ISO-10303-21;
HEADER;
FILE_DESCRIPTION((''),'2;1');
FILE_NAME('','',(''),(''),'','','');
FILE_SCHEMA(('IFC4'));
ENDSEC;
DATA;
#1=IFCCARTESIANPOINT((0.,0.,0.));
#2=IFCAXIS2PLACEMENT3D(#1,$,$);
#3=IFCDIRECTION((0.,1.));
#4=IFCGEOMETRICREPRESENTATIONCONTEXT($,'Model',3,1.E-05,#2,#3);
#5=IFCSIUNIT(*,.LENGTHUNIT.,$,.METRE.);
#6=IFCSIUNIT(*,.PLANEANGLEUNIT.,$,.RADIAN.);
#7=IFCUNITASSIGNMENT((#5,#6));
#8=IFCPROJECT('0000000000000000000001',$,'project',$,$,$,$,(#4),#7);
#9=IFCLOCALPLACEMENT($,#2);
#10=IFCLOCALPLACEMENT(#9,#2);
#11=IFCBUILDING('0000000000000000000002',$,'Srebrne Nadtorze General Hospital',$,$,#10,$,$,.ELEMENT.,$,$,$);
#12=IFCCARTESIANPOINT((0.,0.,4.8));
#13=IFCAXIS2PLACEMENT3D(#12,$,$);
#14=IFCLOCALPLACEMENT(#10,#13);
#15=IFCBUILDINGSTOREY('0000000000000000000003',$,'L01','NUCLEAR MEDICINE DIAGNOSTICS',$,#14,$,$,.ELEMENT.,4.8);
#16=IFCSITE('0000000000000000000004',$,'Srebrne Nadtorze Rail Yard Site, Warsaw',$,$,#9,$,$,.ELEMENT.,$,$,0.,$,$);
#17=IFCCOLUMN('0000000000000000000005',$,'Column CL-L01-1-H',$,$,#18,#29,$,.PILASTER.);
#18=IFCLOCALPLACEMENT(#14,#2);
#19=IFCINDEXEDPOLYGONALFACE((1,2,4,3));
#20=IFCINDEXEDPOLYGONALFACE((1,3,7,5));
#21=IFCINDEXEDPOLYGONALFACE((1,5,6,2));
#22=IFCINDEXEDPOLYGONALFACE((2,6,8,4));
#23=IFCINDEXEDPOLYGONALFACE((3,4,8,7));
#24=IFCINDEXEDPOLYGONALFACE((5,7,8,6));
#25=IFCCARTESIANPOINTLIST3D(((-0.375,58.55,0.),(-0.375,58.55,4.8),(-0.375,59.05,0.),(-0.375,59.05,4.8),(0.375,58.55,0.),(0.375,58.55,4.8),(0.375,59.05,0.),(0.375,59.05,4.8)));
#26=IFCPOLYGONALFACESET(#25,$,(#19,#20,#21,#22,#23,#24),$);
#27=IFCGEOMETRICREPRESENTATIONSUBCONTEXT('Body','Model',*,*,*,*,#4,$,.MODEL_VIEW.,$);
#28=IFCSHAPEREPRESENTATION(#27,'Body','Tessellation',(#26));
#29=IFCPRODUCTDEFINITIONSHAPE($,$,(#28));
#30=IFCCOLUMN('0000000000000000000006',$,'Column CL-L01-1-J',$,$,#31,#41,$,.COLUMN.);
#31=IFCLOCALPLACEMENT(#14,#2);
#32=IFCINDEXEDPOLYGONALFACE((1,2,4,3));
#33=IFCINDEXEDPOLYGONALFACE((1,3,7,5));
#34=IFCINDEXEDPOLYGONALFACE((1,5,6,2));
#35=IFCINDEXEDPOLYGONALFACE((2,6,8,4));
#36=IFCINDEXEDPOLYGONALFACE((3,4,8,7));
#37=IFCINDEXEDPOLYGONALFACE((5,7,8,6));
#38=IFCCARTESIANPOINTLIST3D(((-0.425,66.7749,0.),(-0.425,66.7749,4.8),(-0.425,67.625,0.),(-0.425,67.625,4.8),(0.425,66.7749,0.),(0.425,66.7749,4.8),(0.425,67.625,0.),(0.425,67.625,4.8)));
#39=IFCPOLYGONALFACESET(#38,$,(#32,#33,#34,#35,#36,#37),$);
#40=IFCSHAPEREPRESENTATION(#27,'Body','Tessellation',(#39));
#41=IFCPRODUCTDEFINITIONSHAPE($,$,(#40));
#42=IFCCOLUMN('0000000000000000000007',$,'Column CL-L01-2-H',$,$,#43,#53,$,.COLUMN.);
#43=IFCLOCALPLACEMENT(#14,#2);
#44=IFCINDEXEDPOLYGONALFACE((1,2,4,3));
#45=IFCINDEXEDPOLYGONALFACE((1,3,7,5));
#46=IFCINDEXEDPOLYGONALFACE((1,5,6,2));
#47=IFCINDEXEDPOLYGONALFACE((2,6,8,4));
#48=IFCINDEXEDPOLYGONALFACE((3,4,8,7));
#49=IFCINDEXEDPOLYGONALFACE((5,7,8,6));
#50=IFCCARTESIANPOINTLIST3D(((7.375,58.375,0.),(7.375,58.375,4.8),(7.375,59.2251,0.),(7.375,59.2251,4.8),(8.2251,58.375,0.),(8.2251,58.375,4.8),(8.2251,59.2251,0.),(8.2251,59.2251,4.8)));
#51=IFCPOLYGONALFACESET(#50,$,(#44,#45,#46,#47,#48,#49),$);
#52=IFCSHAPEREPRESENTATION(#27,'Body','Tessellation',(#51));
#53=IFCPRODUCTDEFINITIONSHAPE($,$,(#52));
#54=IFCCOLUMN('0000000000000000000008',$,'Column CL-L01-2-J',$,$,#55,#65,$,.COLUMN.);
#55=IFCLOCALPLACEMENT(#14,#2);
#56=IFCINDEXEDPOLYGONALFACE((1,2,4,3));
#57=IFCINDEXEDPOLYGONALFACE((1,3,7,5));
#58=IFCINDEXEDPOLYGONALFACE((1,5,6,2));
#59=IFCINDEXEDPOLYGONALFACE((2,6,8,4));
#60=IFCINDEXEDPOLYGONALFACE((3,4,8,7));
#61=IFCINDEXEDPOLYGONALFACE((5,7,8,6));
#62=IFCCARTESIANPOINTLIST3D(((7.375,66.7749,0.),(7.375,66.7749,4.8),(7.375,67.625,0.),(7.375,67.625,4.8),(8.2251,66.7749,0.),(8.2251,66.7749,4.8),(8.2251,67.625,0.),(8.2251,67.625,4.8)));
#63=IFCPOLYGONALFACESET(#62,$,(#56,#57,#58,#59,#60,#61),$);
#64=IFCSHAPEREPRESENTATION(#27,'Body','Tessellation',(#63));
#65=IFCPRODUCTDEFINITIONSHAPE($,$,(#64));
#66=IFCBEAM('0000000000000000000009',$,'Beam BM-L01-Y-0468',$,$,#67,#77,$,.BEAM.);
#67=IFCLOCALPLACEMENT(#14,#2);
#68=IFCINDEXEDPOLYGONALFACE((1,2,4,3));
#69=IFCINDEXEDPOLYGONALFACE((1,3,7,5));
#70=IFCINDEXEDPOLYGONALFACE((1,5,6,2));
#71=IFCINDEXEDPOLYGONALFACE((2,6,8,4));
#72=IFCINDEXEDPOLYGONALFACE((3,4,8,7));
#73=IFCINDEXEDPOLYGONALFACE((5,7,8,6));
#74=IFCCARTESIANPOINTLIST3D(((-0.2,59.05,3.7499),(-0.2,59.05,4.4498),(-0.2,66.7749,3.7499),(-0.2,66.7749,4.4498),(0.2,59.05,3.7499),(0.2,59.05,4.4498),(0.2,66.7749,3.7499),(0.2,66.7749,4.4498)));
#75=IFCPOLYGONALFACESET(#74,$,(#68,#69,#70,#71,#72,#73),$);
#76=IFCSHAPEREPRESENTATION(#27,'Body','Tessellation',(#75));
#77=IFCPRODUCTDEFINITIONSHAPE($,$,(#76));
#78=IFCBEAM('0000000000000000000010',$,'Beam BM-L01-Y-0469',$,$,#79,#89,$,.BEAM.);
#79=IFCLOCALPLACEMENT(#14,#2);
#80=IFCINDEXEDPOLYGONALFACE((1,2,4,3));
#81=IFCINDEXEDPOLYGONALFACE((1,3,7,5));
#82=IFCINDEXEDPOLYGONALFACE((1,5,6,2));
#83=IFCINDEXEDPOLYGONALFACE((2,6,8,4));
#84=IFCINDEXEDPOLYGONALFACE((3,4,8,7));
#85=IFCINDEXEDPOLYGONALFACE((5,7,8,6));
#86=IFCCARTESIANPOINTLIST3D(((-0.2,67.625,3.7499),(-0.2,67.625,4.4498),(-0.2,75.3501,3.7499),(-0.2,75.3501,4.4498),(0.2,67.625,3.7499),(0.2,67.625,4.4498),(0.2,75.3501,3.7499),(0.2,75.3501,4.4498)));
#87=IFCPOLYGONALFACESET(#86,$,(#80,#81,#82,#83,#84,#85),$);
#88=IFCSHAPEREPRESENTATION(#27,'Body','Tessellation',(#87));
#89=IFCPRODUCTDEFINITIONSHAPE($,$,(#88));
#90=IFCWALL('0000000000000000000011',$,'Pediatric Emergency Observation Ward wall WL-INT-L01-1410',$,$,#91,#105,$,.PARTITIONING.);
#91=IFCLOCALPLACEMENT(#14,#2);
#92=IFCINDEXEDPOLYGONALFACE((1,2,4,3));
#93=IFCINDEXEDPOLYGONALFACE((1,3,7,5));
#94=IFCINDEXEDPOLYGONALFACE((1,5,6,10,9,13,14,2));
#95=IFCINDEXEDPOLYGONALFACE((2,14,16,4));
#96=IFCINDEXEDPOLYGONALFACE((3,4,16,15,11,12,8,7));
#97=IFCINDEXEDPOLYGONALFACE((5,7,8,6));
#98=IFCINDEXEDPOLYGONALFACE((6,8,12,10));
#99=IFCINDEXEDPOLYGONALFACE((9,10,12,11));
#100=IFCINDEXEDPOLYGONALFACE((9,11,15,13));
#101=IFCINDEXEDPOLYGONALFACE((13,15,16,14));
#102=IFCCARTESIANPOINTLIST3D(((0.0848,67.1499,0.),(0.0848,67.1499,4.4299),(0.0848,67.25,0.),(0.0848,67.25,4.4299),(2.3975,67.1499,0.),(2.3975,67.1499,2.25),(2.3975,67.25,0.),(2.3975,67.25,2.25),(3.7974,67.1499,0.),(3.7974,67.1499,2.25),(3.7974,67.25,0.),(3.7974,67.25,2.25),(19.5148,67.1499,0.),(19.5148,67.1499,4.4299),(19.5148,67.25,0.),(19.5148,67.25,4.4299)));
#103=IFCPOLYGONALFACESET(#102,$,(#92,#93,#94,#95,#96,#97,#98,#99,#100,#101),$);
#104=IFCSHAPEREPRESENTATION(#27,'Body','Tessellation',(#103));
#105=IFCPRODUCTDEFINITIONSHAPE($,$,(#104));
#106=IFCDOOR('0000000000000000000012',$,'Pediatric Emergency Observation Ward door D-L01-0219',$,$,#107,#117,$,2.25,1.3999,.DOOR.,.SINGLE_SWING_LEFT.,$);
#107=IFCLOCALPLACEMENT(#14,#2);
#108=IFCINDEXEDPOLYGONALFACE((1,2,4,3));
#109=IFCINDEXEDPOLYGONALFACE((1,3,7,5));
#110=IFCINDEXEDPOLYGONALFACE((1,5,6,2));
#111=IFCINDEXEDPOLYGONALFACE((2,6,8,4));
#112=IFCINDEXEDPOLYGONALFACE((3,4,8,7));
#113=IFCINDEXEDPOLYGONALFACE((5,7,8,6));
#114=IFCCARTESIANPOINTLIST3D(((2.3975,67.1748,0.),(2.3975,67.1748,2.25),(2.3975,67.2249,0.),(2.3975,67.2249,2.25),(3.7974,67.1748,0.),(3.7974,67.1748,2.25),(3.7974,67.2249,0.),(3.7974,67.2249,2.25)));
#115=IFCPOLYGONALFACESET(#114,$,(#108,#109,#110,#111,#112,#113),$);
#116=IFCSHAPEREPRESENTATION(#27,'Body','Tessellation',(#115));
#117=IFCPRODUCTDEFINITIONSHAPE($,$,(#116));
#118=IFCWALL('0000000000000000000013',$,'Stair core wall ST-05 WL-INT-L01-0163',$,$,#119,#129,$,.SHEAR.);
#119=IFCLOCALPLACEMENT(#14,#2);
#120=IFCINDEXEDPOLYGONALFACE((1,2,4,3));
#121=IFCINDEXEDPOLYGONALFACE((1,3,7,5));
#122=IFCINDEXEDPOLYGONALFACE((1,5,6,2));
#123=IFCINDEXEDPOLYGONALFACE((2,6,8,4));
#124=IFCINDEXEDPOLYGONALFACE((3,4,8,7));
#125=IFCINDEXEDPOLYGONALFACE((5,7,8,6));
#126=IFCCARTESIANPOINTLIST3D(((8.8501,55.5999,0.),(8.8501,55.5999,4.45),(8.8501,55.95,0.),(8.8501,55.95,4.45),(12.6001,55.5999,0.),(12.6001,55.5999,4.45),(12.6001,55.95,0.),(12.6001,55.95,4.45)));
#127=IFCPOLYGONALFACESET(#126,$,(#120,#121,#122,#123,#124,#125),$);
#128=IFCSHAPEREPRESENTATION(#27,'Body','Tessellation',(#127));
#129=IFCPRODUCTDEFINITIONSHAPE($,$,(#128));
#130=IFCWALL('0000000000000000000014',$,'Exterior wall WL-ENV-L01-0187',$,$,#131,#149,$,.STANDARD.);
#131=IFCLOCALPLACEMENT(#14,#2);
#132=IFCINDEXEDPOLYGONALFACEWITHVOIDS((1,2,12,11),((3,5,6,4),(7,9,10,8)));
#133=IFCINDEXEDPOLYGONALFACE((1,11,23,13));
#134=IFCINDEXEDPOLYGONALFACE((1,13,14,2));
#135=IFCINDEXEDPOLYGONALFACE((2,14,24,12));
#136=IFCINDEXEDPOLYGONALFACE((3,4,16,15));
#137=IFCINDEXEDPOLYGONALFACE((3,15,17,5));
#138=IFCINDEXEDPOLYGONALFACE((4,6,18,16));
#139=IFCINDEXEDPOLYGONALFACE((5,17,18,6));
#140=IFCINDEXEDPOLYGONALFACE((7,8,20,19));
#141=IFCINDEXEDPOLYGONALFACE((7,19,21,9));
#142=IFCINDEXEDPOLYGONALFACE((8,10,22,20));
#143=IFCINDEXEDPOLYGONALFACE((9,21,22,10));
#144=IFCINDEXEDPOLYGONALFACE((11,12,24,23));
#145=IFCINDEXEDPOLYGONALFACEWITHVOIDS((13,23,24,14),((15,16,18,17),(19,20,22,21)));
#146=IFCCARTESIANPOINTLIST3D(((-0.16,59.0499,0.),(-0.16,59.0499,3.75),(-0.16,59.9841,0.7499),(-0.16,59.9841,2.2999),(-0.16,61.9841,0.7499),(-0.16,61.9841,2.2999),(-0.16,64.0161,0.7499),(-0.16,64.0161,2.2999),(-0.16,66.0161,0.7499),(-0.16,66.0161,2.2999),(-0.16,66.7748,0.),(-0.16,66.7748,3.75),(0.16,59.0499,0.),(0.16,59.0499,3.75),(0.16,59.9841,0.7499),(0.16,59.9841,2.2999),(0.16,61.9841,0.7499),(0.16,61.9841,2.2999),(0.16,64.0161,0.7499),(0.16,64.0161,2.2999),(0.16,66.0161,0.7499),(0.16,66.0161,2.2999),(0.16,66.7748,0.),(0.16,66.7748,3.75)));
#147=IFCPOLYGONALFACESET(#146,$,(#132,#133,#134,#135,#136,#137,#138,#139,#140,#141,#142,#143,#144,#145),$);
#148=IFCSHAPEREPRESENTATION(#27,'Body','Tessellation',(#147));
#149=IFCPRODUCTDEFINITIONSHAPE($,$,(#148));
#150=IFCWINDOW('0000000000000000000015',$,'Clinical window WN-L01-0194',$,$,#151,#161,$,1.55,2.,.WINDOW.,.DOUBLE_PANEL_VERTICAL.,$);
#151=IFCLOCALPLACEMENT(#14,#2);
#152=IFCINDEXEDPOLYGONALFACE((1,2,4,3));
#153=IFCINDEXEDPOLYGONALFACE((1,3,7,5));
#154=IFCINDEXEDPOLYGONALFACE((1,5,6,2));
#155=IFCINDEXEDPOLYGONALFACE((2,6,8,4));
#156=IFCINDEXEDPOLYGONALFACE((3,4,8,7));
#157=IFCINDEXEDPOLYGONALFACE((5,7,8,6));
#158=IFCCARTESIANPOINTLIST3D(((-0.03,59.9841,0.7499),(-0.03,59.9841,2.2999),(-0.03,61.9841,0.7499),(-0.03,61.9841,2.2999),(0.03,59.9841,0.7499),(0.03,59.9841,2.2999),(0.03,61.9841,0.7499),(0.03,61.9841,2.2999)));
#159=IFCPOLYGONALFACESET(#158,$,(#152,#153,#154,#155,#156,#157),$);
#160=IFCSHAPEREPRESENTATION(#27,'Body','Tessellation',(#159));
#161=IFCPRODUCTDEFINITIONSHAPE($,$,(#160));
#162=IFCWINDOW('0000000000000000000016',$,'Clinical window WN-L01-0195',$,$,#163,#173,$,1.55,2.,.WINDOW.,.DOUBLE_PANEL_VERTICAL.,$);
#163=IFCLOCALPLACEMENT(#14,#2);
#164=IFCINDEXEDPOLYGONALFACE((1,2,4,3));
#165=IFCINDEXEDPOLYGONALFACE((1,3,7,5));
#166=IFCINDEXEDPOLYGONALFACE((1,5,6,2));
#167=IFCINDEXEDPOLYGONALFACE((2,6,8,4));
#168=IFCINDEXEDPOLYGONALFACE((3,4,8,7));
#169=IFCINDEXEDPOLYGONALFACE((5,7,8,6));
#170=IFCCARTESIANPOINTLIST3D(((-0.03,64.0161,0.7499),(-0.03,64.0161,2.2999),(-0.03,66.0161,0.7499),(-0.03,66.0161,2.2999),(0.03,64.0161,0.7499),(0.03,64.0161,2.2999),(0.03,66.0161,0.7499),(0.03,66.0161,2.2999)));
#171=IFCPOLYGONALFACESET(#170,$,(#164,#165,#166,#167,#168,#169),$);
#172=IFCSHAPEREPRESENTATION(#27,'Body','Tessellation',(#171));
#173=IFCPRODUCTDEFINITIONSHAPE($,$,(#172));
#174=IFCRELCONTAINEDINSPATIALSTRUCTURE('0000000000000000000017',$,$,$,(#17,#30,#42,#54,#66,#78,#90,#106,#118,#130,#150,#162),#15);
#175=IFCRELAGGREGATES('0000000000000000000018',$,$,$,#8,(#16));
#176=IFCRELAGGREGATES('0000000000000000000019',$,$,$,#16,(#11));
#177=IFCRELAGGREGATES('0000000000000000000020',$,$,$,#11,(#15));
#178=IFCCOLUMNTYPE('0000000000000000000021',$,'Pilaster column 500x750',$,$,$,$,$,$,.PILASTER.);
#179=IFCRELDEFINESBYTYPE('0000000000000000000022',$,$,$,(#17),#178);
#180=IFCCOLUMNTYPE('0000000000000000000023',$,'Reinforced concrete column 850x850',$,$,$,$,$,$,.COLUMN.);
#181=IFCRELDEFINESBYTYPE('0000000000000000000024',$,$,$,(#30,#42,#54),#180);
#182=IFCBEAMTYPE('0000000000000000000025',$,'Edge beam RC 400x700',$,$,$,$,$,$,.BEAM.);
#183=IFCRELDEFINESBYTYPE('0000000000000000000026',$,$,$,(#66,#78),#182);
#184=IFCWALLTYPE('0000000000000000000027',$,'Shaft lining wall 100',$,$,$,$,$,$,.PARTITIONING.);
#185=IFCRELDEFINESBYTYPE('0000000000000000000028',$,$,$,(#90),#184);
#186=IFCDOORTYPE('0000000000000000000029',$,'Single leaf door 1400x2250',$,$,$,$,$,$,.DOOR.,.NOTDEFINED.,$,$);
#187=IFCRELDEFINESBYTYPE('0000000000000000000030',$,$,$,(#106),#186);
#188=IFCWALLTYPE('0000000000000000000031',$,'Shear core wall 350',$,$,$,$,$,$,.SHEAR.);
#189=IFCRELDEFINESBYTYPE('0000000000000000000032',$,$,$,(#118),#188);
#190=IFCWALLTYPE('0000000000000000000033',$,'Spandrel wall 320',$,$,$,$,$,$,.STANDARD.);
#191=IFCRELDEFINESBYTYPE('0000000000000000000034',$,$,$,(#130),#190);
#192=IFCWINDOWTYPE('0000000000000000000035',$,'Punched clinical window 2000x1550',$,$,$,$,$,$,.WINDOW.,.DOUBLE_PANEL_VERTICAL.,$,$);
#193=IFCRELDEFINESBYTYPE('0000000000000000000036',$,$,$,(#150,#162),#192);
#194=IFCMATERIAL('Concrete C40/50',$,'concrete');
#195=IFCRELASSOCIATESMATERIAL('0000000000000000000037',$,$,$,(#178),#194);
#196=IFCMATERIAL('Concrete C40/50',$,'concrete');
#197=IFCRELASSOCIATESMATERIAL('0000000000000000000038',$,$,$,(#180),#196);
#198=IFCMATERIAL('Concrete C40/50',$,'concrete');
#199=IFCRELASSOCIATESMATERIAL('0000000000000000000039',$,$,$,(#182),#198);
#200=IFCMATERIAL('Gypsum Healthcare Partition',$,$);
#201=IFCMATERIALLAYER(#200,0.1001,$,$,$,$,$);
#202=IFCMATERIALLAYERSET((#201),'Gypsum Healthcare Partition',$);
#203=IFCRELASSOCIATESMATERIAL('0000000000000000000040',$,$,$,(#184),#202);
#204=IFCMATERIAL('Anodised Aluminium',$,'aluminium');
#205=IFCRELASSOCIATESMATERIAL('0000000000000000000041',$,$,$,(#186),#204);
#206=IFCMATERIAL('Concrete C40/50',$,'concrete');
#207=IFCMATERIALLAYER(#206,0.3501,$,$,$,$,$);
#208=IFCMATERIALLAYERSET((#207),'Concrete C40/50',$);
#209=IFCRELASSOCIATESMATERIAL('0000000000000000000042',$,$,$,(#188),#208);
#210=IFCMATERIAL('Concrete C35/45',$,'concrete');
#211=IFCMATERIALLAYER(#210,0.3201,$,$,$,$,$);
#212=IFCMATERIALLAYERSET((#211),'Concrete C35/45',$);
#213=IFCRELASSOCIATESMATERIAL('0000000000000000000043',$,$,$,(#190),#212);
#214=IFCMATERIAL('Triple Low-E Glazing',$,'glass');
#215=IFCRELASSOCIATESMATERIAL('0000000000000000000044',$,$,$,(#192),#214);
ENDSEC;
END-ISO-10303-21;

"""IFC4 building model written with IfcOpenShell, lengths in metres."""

from ifc_helpers import new_model, si_unit, direction, frame, frame_2d, origin, origin_2d, place, context, subcontext, project, spatial, rectangle, extrude, material, layer, layer_set, material_profile, profile_set, type_object, element, fill, save


model = new_model("IFC4")

# Units and contexts
model_context = context("Model", 3, precision=1e-05, world=origin(), true_north=direction((0.0, 1.0)))
body_context = subcontext(model_context, "Body", "Model", "MODEL_VIEW")
ifc_project = project(units=[si_unit("LENGTHUNIT", "METRE"), si_unit("PLANEANGLEUNIT", "RADIAN")], contexts=[model_context])

# Site, building, storey
site_placement = place(None, origin())
site = spatial("IfcSite", under=ifc_project, at=site_placement, Name="Srebrne Nadtorze Rail Yard Site, Warsaw", CompositionType="ELEMENT", RefElevation=0.0)
building_placement = place(site_placement, origin())
building = spatial("IfcBuilding", under=site, at=building_placement, Name="Srebrne Nadtorze General Hospital", CompositionType="ELEMENT")
storey_placement = place(building_placement, frame((0.0, 0.0, 4.8)))
storey = spatial("IfcBuildingStorey", under=building, at=storey_placement, Name="L01", Description="NUCLEAR MEDICINE DIAGNOSTICS", CompositionType="ELEMENT", Elevation=4.8)

# Columns
ifc_material_1 = material(Name="Concrete C40/50", Category="concrete")
ifc_material_profile_1 = material_profile(ifc_material_1, rectangle(XDim=0.5, YDim=0.75, at=origin_2d()), Name="RC-PIL-500x750")
ifc_profile_set_1 = profile_set([ifc_material_profile_1], Name="Concrete C40/50")
column_type_1 = type_object("IfcColumnType", Name="Pilaster column 500x750", PredefinedType="PILASTER", material=ifc_profile_set_1)
column_placement = place(storey_placement, frame((0.0, 58.8, 0.0), z_axis=(0.0, 0.0, 1.0), x_axis=(0.0, 1.0, 0.0)))
element("IfcColumn", 1, at=column_placement, inside=storey, type_object=column_type_1, Name="Column CL-L01-1-H", PredefinedType="PILASTER", context=body_context, shape_type="SweptSolid", body=[
    extrude(rectangle(XDim=0.5, YDim=0.75, at=origin_2d()), origin(), (0.0, 0.0, 1.0), 4.8),
])
ifc_material_2 = material(Name="Concrete C40/50", Category="concrete")
ifc_material_profile_2 = material_profile(ifc_material_2, rectangle(XDim=0.8501, YDim=0.8501, at=origin_2d()), Name="RC-COL-850x850")
ifc_profile_set_2 = profile_set([ifc_material_profile_2], Name="Concrete C40/50")
column_type_2 = type_object("IfcColumnType", Name="Reinforced concrete column 850x850", PredefinedType="COLUMN", material=ifc_profile_set_2)
for number, where, z_axis, x_axis, name in (
    (2, (0.0, 67.2, 0.0), (0.0, 0.0, 1.0), (1.0, 0.0, 0.0), "Column CL-L01-1-J"),
    (3, (7.8, 58.8, 0.0), (0.0, 0.0, 1.0), (1.0, 0.0, 0.0), "Column CL-L01-2-H"),
    (4, (7.8, 67.2, 0.0), (0.0, 0.0, 1.0), (1.0, 0.0, 0.0), "Column CL-L01-2-J"),
):
    element("IfcColumn", number, at=place(storey_placement, frame(where, z_axis=z_axis, x_axis=x_axis)), inside=storey, type_object=column_type_2, Name=name, PredefinedType="COLUMN", context=body_context, shape_type="SweptSolid", body=[
        extrude(rectangle(XDim=0.8501, YDim=0.8501, at=origin_2d()), origin(), (0.0, 0.0, 1.0), 4.8),
    ])

# Beams
ifc_material_3 = material(Name="Concrete C40/50", Category="concrete")
ifc_material_profile_3 = material_profile(ifc_material_3, rectangle(XDim=0.3999, YDim=0.7, at=origin_2d()), Name="RC-BM-400x700")
ifc_profile_set_3 = profile_set([ifc_material_profile_3], Name="Concrete C40/50")
beam_type = type_object("IfcBeamType", Name="Edge beam RC 400x700", PredefinedType="BEAM", material=ifc_profile_set_3)
beam_1_placement = place(storey_placement, frame((0.0, 59.05, 4.0999), z_axis=(0.0, 1.0, 0.0), x_axis=(-1.0, 0.0, 0.0)))
element("IfcBeam", 5, at=beam_1_placement, inside=storey, type_object=beam_type, Name="Beam BM-L01-Y-0468", PredefinedType="BEAM", context=body_context, shape_type="SweptSolid", body=[
    extrude(rectangle(XDim=0.3999, YDim=0.7, at=origin_2d()), origin(), (0.0, 0.0, 1.0), 7.7249),
])
beam_2_placement = place(storey_placement, frame((0.0, 67.625, 4.0999), z_axis=(0.0, 1.0, 0.0), x_axis=(-1.0, 0.0, 0.0)))
element("IfcBeam", 6, at=beam_2_placement, inside=storey, type_object=beam_type, Name="Beam BM-L01-Y-0469", PredefinedType="BEAM", context=body_context, shape_type="SweptSolid", body=[
    extrude(rectangle(XDim=0.3999, YDim=0.7, at=origin_2d()), origin(), (0.0, 0.0, 1.0), 7.7251),
])

# Wall, opening, door
ifc_material_4 = material(Name="Gypsum Healthcare Partition")
ifc_layer_1 = layer(ifc_material_4, 0.1001)
ifc_layer_set_1 = layer_set([ifc_layer_1], Name="Gypsum Healthcare Partition")
wall_type_1 = type_object("IfcWallType", Name="Shaft lining wall 100", PredefinedType="PARTITIONING", material=ifc_layer_set_1)
wall_1_placement = place(storey_placement, frame((0.085, 67.2, 0.0), z_axis=(0.0, 0.0, 1.0), x_axis=(1.0, 0.0, 0.0)))
wall_1 = element("IfcWall", 7, at=wall_1_placement, inside=storey, type_object=wall_type_1, Name="Pediatric Emergency Observation Ward wall WL-INT-L01-1410", PredefinedType="PARTITIONING", context=body_context, shape_type="SweptSolid", body=[
    extrude(rectangle(XDim=19.4299, YDim=0.1001, at=frame_2d((9.7148, 0.0))), origin(), (0.0, 0.0, 1.0), 4.4299),
])
opening_1_placement = place(wall_1_placement, frame((2.3125, 0.0, 0.0)))
opening_1 = element("IfcOpeningElement", 8, at=opening_1_placement, cuts=wall_1, PredefinedType="OPENING", context=body_context, shape_type="SweptSolid", body=[
    extrude(rectangle(XDim=1.3999, YDim=2.25, at=frame_2d((0.7, 1.125))), frame((0.0, 0.062, 0.0), z_axis=(0.0, -1.0, 0.0), x_axis=(1.0, 0.0, 0.0)), (0.0, 0.0, 1.0), 0.124),
])
ifc_material_5 = material(Name="Anodised Aluminium", Category="aluminium")
door_type = type_object("IfcDoorType", Name="Single leaf door 1400x2250", OperationType="NOTDEFINED", PredefinedType="DOOR", material=ifc_material_5)
door_placement = place(opening_1_placement, origin())
door = element("IfcDoor", 9, at=door_placement, inside=storey, type_object=door_type, Name="Pediatric Emergency Observation Ward door D-L01-0219", OperationType="SINGLE_SWING_LEFT", OverallHeight=2.25, OverallWidth=1.3999, PredefinedType="DOOR", context=body_context, shape_type="SweptSolid", body=[
    extrude(rectangle(XDim=1.3999, YDim=2.25, at=frame_2d((0.7, 1.125))), frame((0.0, 0.0249, 0.0), z_axis=(0.0, -1.0, 0.0), x_axis=(1.0, 0.0, 0.0)), (0.0, 0.0, 1.0), 0.05),
])
fill(opening_1, door)

# Wall
ifc_material_6 = material(Name="Concrete C40/50", Category="concrete")
ifc_layer_2 = layer(ifc_material_6, 0.3501)
ifc_layer_set_2 = layer_set([ifc_layer_2], Name="Concrete C40/50")
wall_type_2 = type_object("IfcWallType", Name="Shear core wall 350", PredefinedType="SHEAR", material=ifc_layer_set_2)
wall_2_placement = place(storey_placement, frame((8.8501, 55.7749, 0.0), z_axis=(0.0, 0.0, 1.0), x_axis=(1.0, 0.0, 0.0)))
element("IfcWall", 10, at=wall_2_placement, inside=storey, type_object=wall_type_2, Name="Stair core wall ST-05 WL-INT-L01-0163", PredefinedType="SHEAR", context=body_context, shape_type="SweptSolid", body=[
    extrude(rectangle(XDim=3.75, YDim=0.3501, at=frame_2d((1.875, 0.0))), origin(), (0.0, 0.0, 1.0), 4.45),
])

# Wall, openings, windows
ifc_material_7 = material(Name="Concrete C35/45", Category="concrete")
ifc_layer_3 = layer(ifc_material_7, 0.3201)
ifc_layer_set_3 = layer_set([ifc_layer_3], Name="Concrete C35/45")
wall_type_3 = type_object("IfcWallType", Name="Spandrel wall 320", PredefinedType="STANDARD", material=ifc_layer_set_3)
wall_3_placement = place(storey_placement, frame((0.0, 59.05, 0.0), z_axis=(0.0, 0.0, 1.0), x_axis=(0.0, 1.0, 0.0)))
wall_3 = element("IfcWall", 11, at=wall_3_placement, inside=storey, type_object=wall_type_3, Name="Exterior wall WL-ENV-L01-0187", PredefinedType="STANDARD", context=body_context, shape_type="SweptSolid", body=[
    extrude(rectangle(XDim=7.7249, YDim=0.3201, at=frame_2d((3.8623, 0.0))), origin(), (0.0, 0.0, 1.0), 3.75),
])
opening_2_placement = place(wall_3_placement, frame((0.9341, 0.0, 0.75)))
opening_2 = element("IfcOpeningElement", 12, at=opening_2_placement, cuts=wall_3, PredefinedType="OPENING", context=body_context, shape_type="SweptSolid", body=[
    extrude(rectangle(XDim=2.0, YDim=1.55, at=frame_2d((1.0, 0.7749))), frame((0.0, 0.1719, 0.0), z_axis=(0.0, -1.0, 0.0), x_axis=(1.0, 0.0, 0.0)), (0.0, 0.0, 1.0), 0.344),
])
opening_3_placement = place(wall_3_placement, frame((4.9661, 0.0, 0.75)))
opening_3 = element("IfcOpeningElement", 13, at=opening_3_placement, cuts=wall_3, PredefinedType="OPENING", context=body_context, shape_type="SweptSolid", body=[
    extrude(rectangle(XDim=2.0, YDim=1.55, at=frame_2d((1.0, 0.7749))), frame((0.0, 0.1719, 0.0), z_axis=(0.0, -1.0, 0.0), x_axis=(1.0, 0.0, 0.0)), (0.0, 0.0, 1.0), 0.344),
])
ifc_material_8 = material(Name="Triple Low-E Glazing", Category="glass")
window_type_1 = type_object("IfcWindowType", Name="Punched clinical window 2000x1550", PartitioningType="DOUBLE_PANEL_VERTICAL", PredefinedType="WINDOW", material=ifc_material_8)
window_1_placement = place(opening_2_placement, origin())
window_1 = element("IfcWindow", 14, at=window_1_placement, inside=storey, type_object=window_type_1, Name="Clinical window WN-L01-0194", OverallHeight=1.55, OverallWidth=2.0, PartitioningType="DOUBLE_PANEL_VERTICAL", PredefinedType="WINDOW", context=body_context, shape_type="SweptSolid", body=[
    extrude(rectangle(XDim=2.0, YDim=1.55, at=frame_2d((1.0, 0.7749))), frame((0.0, 0.03, 0.0), z_axis=(0.0, -1.0, 0.0), x_axis=(1.0, 0.0, 0.0)), (0.0, 0.0, 1.0), 0.0601),
])
fill(opening_2, window_1)
window_2_placement = place(opening_3_placement, origin())
window_2 = element("IfcWindow", 15, at=window_2_placement, inside=storey, type_object=window_type_1, Name="Clinical window WN-L01-0195", OverallHeight=1.55, OverallWidth=2.0, PartitioningType="DOUBLE_PANEL_VERTICAL", PredefinedType="WINDOW", context=body_context, shape_type="SweptSolid", body=[
    extrude(rectangle(XDim=2.0, YDim=1.55, at=frame_2d((1.0, 0.7749))), frame((0.0, 0.03, 0.0), z_axis=(0.0, -1.0, 0.0), x_axis=(1.0, 0.0, 0.0)), (0.0, 0.0, 1.0), 0.0601),
])
fill(opening_3, window_2)

save(model, "model.ifc")
